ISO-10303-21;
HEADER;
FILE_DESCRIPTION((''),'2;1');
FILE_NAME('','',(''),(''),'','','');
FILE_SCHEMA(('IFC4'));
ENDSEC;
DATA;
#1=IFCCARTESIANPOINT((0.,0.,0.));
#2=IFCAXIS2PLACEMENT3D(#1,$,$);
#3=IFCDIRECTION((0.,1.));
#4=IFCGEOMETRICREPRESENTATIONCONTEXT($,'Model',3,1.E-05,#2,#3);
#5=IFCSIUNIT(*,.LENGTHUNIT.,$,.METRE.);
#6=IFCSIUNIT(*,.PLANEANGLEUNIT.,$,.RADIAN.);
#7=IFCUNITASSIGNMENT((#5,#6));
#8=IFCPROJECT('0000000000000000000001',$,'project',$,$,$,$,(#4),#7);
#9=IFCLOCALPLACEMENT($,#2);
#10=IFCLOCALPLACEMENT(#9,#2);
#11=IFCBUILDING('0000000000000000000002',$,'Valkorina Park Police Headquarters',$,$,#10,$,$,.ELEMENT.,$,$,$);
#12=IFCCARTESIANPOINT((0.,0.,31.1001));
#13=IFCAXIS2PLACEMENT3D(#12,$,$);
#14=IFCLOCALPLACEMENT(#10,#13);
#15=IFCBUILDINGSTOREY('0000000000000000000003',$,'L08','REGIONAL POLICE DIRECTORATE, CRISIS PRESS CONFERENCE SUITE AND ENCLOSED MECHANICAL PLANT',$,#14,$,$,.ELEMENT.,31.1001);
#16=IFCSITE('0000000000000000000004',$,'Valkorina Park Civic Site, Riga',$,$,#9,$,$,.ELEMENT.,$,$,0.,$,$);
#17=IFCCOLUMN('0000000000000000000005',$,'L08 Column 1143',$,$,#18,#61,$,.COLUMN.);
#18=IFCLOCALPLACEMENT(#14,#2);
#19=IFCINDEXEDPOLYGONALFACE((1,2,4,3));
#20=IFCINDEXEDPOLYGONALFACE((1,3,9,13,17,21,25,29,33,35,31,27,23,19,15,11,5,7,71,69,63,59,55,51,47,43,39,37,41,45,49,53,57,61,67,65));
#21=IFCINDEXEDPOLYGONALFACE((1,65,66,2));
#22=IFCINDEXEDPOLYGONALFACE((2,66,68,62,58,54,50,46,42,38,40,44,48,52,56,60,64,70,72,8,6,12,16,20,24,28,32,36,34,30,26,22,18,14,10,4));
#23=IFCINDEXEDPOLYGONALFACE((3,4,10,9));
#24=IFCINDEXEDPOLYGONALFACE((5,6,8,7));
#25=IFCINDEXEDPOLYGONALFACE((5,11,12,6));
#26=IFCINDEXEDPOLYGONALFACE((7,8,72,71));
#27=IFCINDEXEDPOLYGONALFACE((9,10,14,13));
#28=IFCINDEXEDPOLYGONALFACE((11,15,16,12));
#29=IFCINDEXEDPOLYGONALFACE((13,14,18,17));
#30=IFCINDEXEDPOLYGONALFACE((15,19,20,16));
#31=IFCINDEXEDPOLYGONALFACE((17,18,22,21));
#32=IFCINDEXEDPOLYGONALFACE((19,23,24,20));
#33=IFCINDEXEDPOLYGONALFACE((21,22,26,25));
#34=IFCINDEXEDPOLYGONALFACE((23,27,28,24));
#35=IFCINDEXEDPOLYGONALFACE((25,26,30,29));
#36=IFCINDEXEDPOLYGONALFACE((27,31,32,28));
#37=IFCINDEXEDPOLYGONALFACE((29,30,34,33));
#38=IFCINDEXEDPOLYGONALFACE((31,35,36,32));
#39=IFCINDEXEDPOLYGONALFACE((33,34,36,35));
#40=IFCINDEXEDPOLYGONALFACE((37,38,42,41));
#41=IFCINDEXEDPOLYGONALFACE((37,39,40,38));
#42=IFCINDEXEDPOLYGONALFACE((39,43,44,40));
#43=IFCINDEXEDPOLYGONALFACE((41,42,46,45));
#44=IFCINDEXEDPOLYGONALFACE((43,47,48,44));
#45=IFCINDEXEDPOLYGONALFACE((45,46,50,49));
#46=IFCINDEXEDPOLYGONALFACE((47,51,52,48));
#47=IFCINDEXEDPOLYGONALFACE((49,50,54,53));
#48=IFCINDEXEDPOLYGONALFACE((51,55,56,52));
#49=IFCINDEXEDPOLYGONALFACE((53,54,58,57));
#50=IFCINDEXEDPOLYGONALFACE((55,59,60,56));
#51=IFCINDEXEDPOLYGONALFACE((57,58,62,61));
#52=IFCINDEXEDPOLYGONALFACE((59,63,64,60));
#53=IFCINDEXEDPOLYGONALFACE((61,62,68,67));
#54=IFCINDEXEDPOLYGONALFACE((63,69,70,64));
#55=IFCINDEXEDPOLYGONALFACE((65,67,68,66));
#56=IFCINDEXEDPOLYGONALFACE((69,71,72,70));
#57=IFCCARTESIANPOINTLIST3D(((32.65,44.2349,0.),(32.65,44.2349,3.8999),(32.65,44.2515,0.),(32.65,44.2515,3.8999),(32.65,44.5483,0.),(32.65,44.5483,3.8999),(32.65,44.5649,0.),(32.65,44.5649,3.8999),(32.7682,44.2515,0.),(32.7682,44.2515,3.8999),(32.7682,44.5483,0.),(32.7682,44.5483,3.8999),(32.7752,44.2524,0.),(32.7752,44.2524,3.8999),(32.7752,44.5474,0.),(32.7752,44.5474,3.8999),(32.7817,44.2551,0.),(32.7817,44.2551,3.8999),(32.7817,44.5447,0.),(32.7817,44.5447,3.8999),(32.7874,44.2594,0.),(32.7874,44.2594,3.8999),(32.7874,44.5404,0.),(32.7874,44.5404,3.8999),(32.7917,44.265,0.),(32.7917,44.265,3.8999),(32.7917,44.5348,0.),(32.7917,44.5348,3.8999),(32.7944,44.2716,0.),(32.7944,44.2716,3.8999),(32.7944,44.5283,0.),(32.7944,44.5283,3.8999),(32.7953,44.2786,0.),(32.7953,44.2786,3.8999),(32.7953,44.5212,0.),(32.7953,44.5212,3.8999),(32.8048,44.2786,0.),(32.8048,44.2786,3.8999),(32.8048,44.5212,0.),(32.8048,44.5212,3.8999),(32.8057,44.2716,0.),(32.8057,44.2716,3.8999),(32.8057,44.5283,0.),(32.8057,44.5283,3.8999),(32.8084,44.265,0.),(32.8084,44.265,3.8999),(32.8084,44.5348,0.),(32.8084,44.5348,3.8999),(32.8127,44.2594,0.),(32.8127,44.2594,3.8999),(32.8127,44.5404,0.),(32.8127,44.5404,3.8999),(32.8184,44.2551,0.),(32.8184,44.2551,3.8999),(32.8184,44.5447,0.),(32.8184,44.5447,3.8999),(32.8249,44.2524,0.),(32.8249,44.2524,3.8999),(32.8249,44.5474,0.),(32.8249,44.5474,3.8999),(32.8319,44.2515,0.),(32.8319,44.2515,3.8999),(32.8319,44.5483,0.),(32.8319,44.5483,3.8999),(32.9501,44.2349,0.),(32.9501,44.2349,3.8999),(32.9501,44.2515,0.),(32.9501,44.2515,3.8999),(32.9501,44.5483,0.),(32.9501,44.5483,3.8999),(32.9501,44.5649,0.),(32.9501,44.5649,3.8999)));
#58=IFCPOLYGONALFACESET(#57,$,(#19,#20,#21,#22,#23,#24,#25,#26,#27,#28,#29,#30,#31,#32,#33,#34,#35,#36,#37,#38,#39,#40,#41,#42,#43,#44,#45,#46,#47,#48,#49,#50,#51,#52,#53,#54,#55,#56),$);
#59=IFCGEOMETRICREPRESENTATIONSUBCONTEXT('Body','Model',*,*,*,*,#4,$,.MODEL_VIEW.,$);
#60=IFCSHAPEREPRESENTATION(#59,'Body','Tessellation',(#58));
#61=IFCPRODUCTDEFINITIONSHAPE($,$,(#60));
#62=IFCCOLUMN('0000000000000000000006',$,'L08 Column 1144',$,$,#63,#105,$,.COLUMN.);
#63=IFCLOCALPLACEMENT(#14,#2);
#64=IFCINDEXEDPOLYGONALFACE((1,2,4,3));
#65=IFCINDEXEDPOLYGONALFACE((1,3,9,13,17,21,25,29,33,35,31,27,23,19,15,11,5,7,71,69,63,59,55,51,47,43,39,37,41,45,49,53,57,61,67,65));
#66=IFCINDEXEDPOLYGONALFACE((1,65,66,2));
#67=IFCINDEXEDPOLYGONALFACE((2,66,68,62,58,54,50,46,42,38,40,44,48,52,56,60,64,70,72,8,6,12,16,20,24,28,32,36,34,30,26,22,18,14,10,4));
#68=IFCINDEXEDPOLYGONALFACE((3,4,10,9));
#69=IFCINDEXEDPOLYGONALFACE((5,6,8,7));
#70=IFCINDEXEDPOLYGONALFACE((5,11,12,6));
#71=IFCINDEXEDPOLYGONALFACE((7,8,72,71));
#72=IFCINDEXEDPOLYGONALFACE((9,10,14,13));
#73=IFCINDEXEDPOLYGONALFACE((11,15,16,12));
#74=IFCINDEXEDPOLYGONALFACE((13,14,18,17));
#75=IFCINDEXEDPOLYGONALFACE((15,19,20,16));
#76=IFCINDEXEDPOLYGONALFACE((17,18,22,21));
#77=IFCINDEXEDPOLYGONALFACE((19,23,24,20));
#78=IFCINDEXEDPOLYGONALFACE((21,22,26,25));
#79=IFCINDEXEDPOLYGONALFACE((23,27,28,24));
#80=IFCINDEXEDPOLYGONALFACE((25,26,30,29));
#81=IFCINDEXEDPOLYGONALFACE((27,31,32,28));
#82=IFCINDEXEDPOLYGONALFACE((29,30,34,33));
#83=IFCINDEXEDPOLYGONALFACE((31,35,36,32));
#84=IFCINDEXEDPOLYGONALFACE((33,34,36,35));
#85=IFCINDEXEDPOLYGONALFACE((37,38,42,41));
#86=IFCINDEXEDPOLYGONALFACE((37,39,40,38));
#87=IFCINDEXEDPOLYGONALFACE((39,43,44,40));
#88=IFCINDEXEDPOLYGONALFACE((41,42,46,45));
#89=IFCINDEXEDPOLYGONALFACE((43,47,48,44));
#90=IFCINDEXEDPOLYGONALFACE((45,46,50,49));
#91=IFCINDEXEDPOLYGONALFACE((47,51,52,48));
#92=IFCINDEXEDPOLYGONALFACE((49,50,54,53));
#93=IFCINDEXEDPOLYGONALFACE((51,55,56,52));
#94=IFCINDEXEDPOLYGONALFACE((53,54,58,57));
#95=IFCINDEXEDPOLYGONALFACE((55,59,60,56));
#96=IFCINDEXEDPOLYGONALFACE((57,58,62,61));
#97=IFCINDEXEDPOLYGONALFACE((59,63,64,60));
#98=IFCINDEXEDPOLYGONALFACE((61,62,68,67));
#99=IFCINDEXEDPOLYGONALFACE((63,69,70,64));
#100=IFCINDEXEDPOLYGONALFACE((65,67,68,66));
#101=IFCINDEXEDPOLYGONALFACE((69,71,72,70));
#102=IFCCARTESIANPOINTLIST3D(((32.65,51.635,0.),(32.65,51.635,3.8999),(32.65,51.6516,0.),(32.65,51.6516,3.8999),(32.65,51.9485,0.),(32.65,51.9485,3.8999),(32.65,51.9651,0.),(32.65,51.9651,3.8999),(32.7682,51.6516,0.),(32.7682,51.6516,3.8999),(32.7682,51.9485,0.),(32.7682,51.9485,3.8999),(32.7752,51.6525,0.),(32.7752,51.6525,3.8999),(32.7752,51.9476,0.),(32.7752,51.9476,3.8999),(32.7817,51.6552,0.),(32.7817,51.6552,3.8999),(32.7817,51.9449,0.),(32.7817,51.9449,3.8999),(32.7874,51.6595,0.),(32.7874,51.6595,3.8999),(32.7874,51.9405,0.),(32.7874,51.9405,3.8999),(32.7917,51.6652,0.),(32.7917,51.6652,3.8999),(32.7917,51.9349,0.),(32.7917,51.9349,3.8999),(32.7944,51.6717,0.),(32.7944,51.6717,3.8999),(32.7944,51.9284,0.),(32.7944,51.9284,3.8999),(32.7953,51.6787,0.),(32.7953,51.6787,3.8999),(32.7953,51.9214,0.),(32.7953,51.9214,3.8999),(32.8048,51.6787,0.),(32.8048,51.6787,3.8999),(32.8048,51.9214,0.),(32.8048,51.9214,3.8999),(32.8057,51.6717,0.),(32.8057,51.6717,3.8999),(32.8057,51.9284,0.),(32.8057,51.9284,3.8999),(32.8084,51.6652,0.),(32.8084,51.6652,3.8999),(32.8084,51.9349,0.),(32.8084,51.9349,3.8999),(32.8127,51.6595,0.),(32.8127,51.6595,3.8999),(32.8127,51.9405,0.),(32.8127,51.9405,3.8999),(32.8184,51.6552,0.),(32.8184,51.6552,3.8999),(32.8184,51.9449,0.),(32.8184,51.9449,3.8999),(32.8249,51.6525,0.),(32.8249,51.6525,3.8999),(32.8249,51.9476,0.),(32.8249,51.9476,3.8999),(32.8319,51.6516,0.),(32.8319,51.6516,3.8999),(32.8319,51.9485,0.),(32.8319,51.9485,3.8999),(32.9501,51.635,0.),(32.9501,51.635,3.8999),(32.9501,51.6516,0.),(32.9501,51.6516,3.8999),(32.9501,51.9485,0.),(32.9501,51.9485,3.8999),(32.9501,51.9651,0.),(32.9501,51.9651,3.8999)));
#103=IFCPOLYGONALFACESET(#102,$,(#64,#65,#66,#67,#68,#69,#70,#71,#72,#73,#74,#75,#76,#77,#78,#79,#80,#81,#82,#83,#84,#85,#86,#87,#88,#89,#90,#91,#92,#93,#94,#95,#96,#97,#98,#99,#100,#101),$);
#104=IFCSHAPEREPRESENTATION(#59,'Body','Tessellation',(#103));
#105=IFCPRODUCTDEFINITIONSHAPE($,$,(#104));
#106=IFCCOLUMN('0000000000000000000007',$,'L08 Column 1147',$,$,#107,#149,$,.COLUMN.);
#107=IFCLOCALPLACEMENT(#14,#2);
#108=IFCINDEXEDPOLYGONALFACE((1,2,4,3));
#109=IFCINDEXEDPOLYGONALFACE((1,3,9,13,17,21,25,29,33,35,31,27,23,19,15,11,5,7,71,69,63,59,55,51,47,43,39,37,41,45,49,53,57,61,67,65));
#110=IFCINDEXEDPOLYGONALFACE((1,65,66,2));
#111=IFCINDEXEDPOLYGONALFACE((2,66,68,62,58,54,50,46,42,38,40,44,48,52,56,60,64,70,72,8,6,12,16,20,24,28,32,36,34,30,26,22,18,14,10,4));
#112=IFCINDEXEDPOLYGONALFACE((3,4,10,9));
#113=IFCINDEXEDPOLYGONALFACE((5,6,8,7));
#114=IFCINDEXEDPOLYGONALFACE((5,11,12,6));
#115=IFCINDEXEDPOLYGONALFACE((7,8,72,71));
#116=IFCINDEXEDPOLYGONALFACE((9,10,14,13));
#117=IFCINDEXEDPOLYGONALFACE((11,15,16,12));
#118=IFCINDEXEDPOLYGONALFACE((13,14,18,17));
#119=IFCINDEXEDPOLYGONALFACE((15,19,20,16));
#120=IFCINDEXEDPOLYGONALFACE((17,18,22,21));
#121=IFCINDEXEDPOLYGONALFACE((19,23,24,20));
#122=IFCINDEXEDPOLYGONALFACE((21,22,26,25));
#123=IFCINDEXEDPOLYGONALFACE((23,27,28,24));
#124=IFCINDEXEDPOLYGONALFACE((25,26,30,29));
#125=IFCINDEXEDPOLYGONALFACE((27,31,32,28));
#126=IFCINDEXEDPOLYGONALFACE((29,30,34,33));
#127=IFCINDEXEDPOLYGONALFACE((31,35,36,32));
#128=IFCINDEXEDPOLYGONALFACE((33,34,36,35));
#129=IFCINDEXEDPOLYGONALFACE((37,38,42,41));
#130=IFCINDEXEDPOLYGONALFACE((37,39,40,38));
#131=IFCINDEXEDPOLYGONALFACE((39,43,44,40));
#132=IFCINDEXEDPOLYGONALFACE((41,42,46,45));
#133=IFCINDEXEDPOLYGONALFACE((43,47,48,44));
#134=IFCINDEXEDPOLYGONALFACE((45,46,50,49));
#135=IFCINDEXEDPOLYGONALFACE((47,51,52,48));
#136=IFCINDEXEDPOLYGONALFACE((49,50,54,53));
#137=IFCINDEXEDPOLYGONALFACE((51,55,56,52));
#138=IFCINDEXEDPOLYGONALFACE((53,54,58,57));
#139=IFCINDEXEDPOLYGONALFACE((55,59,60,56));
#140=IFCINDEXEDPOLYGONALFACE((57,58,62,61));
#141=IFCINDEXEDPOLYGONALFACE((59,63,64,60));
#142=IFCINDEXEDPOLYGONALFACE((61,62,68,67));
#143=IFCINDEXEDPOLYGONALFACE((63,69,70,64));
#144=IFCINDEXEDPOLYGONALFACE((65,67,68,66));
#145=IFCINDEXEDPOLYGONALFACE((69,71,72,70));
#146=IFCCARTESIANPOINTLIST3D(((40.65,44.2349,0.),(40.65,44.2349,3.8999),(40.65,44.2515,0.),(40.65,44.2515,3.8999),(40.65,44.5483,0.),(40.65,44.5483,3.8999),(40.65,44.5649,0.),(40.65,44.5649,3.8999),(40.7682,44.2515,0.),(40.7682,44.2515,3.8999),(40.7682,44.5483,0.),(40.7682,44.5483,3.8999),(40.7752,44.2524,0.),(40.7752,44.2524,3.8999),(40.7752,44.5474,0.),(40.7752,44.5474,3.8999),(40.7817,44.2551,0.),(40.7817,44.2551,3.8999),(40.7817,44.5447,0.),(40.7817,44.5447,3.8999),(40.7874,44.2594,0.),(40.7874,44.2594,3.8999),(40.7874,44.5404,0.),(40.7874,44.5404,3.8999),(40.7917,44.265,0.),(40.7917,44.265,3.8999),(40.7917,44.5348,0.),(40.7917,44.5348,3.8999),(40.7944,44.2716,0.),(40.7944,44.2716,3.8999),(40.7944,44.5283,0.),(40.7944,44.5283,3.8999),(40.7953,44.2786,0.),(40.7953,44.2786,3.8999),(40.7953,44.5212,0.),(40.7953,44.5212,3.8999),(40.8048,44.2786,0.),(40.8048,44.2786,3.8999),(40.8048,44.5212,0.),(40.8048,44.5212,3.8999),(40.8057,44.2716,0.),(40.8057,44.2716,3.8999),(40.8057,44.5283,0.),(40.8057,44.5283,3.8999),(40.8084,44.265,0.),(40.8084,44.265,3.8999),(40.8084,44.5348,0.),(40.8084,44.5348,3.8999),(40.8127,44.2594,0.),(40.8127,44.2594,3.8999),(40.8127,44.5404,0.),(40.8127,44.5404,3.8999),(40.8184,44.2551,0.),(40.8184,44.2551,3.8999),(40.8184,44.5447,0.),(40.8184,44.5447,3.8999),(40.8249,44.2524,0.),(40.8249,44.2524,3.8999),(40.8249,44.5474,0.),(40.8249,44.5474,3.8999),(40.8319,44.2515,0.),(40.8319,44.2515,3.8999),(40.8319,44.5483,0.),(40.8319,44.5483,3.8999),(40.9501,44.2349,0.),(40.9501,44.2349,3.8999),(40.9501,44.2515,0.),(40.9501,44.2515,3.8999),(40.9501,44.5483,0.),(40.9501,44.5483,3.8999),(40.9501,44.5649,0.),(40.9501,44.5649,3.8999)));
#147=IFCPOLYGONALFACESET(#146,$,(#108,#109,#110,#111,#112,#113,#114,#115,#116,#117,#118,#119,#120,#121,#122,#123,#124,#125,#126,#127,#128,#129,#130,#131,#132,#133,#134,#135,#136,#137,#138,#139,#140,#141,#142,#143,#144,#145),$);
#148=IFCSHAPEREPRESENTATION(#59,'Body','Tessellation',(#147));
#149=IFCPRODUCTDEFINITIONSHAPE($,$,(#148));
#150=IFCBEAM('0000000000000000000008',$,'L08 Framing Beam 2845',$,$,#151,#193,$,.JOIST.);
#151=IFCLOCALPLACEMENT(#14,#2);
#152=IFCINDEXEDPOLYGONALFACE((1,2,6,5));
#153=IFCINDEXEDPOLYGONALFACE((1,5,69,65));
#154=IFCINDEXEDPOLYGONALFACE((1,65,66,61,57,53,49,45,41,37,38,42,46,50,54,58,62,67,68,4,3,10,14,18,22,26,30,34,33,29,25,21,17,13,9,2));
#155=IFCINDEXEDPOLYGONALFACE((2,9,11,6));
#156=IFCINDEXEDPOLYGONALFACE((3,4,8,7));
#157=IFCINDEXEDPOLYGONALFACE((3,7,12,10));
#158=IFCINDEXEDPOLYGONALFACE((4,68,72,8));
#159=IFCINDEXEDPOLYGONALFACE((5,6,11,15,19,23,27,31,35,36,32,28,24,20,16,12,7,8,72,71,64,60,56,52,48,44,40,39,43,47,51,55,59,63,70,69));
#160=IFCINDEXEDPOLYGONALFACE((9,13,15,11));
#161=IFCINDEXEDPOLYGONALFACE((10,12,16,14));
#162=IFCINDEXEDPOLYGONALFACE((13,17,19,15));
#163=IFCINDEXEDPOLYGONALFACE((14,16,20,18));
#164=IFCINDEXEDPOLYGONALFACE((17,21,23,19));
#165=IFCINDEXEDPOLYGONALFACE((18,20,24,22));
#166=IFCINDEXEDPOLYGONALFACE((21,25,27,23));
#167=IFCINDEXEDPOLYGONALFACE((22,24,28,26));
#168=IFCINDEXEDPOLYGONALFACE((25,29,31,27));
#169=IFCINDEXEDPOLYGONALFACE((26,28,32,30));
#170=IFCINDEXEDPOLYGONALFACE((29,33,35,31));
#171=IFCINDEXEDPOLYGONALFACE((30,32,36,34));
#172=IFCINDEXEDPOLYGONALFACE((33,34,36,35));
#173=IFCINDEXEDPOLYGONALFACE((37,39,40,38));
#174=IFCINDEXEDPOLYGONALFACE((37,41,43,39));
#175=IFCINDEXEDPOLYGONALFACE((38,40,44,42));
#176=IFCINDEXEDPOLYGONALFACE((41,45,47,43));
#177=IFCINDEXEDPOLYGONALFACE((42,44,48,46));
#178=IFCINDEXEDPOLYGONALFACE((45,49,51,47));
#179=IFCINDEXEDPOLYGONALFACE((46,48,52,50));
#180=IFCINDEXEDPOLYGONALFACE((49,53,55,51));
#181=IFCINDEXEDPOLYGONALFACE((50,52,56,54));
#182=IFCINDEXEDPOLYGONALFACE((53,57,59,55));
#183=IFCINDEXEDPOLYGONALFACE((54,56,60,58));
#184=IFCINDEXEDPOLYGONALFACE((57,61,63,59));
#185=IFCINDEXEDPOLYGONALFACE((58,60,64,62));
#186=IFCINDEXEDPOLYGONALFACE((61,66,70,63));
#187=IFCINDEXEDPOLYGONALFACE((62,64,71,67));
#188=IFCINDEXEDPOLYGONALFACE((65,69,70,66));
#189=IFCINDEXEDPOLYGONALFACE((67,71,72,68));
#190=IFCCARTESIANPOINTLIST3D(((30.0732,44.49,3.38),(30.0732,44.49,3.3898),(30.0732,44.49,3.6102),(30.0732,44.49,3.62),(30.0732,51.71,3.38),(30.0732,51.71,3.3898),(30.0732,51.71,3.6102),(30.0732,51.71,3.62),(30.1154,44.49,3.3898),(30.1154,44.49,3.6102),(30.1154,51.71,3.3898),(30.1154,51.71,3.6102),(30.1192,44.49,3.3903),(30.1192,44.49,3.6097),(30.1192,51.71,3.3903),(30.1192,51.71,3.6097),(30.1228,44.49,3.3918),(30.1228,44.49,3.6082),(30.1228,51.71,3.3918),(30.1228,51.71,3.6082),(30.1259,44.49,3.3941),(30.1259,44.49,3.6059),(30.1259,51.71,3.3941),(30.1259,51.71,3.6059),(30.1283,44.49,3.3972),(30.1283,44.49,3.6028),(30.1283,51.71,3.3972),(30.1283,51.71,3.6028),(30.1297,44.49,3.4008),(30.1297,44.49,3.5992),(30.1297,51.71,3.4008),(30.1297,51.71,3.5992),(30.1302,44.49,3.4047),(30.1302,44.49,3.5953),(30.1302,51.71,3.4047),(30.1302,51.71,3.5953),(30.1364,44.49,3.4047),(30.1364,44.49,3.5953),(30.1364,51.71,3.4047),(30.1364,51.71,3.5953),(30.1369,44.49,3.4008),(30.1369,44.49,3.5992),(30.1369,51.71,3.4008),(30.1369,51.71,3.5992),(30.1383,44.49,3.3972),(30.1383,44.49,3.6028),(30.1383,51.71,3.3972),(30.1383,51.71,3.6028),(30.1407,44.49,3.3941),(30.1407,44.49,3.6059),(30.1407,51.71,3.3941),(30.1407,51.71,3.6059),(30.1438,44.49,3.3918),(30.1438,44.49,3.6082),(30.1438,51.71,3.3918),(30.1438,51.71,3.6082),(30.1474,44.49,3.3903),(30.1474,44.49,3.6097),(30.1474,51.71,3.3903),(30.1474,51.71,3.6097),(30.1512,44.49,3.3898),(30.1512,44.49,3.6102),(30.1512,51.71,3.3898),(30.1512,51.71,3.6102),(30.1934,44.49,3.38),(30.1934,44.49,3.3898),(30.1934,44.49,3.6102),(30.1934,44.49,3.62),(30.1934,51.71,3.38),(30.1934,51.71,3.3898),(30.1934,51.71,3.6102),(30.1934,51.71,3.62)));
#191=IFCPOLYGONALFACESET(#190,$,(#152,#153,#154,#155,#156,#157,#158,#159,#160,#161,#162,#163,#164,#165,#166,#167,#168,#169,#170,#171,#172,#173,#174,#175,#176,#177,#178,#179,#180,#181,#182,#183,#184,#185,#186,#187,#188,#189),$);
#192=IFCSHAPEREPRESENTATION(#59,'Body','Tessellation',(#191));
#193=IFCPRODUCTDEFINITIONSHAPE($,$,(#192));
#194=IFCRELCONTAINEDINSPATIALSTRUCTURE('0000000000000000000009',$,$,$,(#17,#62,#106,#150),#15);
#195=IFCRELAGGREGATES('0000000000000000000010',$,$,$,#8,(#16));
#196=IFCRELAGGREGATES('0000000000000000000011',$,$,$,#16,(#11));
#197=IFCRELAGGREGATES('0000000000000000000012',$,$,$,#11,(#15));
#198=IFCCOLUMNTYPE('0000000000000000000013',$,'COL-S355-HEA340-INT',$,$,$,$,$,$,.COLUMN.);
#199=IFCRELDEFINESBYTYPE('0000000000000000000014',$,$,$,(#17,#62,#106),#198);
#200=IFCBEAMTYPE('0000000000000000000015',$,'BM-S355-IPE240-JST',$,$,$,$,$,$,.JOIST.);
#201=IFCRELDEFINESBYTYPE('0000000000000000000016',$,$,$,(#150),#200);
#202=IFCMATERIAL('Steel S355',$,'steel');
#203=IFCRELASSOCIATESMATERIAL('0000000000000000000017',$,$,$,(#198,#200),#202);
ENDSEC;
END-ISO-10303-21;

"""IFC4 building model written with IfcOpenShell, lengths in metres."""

from ifc_helpers import new_model, si_unit, direction, frame, origin, origin_2d, place, context, subcontext, project, spatial, i_section, extrude, material, material_profile, profile_set, type_object, element, save


model = new_model("IFC4")

# Units and contexts
model_context = context("Model", 3, precision=1e-05, world=origin(), true_north=direction((0.0, 1.0)))
body_context = subcontext(model_context, "Body", "Model", "MODEL_VIEW")
ifc_project = project(units=[si_unit("LENGTHUNIT", "METRE"), si_unit("PLANEANGLEUNIT", "RADIAN")], contexts=[model_context])

# Site, building, storey
site_placement = place(None, origin())
site = spatial("IfcSite", under=ifc_project, at=site_placement, Name="Valkorina Park Civic Site, Riga", CompositionType="ELEMENT", RefElevation=0.0)
building_placement = place(site_placement, origin())
building = spatial("IfcBuilding", under=site, at=building_placement, Name="Valkorina Park Police Headquarters", CompositionType="ELEMENT")
storey_placement = place(building_placement, frame((0.0, 0.0, 31.1001)))
storey = spatial("IfcBuildingStorey", under=building, at=storey_placement, Name="L08", Description="REGIONAL POLICE DIRECTORATE, CRISIS PRESS CONFERENCE SUITE AND ENCLOSED MECHANICAL PLANT", CompositionType="ELEMENT", Elevation=31.1001)

# Columns
ifc_material_1 = material(Name="Steel S355", Category="steel")
ifc_material_profile_1 = material_profile(ifc_material_1, i_section(OverallWidth=0.3, OverallDepth=0.3301, WebThickness=0.0095, FlangeThickness=0.0166, FilletRadius=0.0271, at=origin_2d()), Name="HEA 340")
ifc_profile_set_1 = profile_set([ifc_material_profile_1], Name="Steel S355")
column_type = type_object("IfcColumnType", Name="COL-S355-HEA340-INT", PredefinedType="COLUMN", material=ifc_profile_set_1)
for number, where, z_axis, x_axis, name in (
    (1, (32.8, 44.3999, 0.0), (0.0, 0.0, 1.0), (1.0, 0.0, 0.0), "L08 Column 1143"),
    (2, (32.8, 51.8, 0.0), (0.0, 0.0, 1.0), (1.0, 0.0, 0.0), "L08 Column 1144"),
    (3, (40.8, 44.3999, 0.0), (0.0, 0.0, 1.0), (1.0, 0.0, 0.0), "L08 Column 1147"),
):
    element("IfcColumn", number, at=place(storey_placement, frame(where, z_axis=z_axis, x_axis=x_axis)), inside=storey, type_object=column_type, Name=name, PredefinedType="COLUMN", context=body_context, shape_type="SweptSolid", body=[
        extrude(i_section(OverallWidth=0.3, OverallDepth=0.3301, WebThickness=0.0095, FlangeThickness=0.0166, FilletRadius=0.0271, at=origin_2d()), origin(), (0.0, 0.0, 1.0), 3.8999),
    ])

# Beam
ifc_material_profile_2 = material_profile(ifc_material_1, i_section(OverallWidth=0.1201, OverallDepth=0.24, WebThickness=0.0061, FlangeThickness=0.0098, FilletRadius=0.0149, at=origin_2d()), Name="IPE 240")
ifc_profile_set_2 = profile_set([ifc_material_profile_2], Name="Steel S355")
beam_type_1 = type_object("IfcBeamType", Name="BM-S355-IPE240-JST", PredefinedType="JOIST", material=ifc_profile_set_2)
beam_1_placement = place(storey_placement, frame((30.1333, 44.49, 3.5), z_axis=(0.0, 1.0, 0.0), x_axis=(-1.0, 0.0, 0.0)))
element("IfcBeam", 4, at=beam_1_placement, inside=storey, type_object=beam_type_1, Name="L08 Framing Beam 2845", PredefinedType="JOIST", context=body_context, shape_type="SweptSolid", body=[
    extrude(i_section(OverallWidth=0.1201, OverallDepth=0.24, WebThickness=0.0061, FlangeThickness=0.0098, FilletRadius=0.0149, at=origin_2d()), origin(), (0.0, 0.0, 1.0), 7.22),
])

save(model, "model.ifc")
